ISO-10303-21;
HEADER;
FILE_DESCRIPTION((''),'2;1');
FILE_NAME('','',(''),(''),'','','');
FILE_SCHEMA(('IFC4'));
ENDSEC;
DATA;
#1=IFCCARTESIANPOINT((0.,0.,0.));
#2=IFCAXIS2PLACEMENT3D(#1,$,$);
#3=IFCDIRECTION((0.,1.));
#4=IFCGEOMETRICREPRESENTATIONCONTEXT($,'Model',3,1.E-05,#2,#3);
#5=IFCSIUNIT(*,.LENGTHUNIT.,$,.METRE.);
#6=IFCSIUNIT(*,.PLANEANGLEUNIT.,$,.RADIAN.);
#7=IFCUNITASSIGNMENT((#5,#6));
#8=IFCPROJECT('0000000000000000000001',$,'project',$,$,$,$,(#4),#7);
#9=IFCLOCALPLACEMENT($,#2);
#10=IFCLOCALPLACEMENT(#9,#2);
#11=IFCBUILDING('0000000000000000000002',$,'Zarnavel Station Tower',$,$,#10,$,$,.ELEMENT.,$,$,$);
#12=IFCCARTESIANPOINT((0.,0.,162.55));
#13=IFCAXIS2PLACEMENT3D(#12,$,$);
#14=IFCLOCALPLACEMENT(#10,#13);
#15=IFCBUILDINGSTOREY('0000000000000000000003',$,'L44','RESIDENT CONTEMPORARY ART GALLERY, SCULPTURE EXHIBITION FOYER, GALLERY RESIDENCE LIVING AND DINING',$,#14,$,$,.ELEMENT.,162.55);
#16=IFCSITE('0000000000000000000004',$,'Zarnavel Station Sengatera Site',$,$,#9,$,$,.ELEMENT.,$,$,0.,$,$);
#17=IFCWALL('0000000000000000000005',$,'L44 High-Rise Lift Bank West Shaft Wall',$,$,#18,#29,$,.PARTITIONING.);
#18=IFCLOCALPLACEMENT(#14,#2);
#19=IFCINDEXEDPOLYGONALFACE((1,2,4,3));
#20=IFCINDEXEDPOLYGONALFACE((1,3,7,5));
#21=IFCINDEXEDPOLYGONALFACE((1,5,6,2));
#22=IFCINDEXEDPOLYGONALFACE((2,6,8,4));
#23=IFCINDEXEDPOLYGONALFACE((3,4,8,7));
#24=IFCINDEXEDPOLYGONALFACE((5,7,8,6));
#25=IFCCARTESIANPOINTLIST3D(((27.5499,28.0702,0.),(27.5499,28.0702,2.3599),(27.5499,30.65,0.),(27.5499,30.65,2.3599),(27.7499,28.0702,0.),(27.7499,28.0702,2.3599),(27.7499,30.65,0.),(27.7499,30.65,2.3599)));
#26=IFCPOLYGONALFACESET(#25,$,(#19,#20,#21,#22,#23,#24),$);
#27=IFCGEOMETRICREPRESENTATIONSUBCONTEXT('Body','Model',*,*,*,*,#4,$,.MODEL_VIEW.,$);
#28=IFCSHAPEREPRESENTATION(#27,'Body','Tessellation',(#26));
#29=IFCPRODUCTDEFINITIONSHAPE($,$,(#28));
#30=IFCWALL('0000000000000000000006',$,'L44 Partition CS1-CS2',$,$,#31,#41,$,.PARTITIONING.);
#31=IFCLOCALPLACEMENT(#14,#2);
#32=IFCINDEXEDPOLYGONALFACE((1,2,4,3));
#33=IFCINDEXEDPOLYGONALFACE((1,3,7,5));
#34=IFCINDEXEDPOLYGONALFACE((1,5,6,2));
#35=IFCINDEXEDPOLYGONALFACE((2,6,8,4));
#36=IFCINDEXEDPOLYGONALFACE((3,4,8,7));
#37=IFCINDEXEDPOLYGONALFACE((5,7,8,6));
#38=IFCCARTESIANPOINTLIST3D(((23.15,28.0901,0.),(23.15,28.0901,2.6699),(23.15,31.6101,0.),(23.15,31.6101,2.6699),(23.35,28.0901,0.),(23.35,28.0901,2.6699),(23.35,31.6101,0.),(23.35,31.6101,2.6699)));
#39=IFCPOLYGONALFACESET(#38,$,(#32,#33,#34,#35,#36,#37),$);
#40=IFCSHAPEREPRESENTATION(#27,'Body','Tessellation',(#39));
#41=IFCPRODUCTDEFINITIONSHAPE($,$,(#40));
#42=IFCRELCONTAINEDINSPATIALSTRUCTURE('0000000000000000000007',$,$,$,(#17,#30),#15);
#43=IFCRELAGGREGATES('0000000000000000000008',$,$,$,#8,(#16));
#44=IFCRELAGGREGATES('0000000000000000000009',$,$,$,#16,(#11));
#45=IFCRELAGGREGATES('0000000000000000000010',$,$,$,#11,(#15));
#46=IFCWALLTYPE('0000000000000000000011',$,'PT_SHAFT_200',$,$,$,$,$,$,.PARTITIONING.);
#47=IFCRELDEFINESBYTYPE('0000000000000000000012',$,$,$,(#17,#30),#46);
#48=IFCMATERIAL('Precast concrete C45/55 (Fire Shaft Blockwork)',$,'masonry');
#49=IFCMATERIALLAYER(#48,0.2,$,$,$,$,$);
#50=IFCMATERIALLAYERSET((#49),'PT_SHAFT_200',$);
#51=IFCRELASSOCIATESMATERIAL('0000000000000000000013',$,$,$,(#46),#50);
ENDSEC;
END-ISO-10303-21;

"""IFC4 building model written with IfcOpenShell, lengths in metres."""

from ifc_helpers import new_model, si_unit, direction, frame, frame_2d, origin, place, context, subcontext, project, spatial, rectangle, extrude, material, layer, layer_set, type_object, element, save


model = new_model("IFC4")

# Units and contexts
model_context = context("Model", 3, precision=1e-05, world=origin(), true_north=direction((0.0, 1.0)))
body_context = subcontext(model_context, "Body", "Model", "MODEL_VIEW")
ifc_project = project(units=[si_unit("LENGTHUNIT", "METRE"), si_unit("PLANEANGLEUNIT", "RADIAN")], contexts=[model_context])

# Site, building, storey
site_placement = place(None, origin())
site = spatial("IfcSite", under=ifc_project, at=site_placement, Name="Zarnavel Station Sengatera Site", CompositionType="ELEMENT", RefElevation=0.0)
building_placement = place(site_placement, origin())
building = spatial("IfcBuilding", under=site, at=building_placement, Name="Zarnavel Station Tower", CompositionType="ELEMENT")
storey_placement = place(building_placement, frame((0.0, 0.0, 162.55)))
storey = spatial("IfcBuildingStorey", under=building, at=storey_placement, Name="L44", Description="RESIDENT CONTEMPORARY ART GALLERY, SCULPTURE EXHIBITION FOYER, GALLERY RESIDENCE LIVING AND DINING", CompositionType="ELEMENT", Elevation=162.55)

# Shared definitions
ifc_material_1 = material(Name="Precast concrete C45/55 (Fire Shaft Blockwork)", Category="masonry")
ifc_layer_1 = layer(ifc_material_1, 0.2)
ifc_layer_set_1 = layer_set([ifc_layer_1], Name="PT_SHAFT_200")
wall_type_1 = type_object("IfcWallType", Name="PT_SHAFT_200", PredefinedType="PARTITIONING", material=ifc_layer_set_1)

# Wall
wall_1_placement = place(storey_placement, frame((27.6499, 28.0701, 0.0), z_axis=(0.0, 0.0, 1.0), x_axis=(0.0, 1.0, 0.0)))
element("IfcWall", 1, at=wall_1_placement, inside=storey, type_object=wall_type_1, Name="L44 High-Rise Lift Bank West Shaft Wall", PredefinedType="PARTITIONING", context=body_context, shape_type="SweptSolid", body=[
    extrude(rectangle(XDim=2.5798, YDim=0.2, at=frame_2d((1.29, 0.0))), origin(), (0.0, 0.0, 1.0), 2.3599),
])

# Wall
wall_2_placement = place(storey_placement, frame((23.25, 28.0901, 0.0), z_axis=(0.0, 0.0, 1.0), x_axis=(0.0, 1.0, 0.0)))
element("IfcWall", 2, at=wall_2_placement, inside=storey, type_object=wall_type_1, Name="L44 Partition CS1-CS2", PredefinedType="PARTITIONING", context=body_context, shape_type="SweptSolid", body=[
    extrude(rectangle(XDim=3.52, YDim=0.2, at=frame_2d((1.76, 0.0))), origin(), (0.0, 0.0, 1.0), 2.6699),
])

save(model, "model.ifc")
